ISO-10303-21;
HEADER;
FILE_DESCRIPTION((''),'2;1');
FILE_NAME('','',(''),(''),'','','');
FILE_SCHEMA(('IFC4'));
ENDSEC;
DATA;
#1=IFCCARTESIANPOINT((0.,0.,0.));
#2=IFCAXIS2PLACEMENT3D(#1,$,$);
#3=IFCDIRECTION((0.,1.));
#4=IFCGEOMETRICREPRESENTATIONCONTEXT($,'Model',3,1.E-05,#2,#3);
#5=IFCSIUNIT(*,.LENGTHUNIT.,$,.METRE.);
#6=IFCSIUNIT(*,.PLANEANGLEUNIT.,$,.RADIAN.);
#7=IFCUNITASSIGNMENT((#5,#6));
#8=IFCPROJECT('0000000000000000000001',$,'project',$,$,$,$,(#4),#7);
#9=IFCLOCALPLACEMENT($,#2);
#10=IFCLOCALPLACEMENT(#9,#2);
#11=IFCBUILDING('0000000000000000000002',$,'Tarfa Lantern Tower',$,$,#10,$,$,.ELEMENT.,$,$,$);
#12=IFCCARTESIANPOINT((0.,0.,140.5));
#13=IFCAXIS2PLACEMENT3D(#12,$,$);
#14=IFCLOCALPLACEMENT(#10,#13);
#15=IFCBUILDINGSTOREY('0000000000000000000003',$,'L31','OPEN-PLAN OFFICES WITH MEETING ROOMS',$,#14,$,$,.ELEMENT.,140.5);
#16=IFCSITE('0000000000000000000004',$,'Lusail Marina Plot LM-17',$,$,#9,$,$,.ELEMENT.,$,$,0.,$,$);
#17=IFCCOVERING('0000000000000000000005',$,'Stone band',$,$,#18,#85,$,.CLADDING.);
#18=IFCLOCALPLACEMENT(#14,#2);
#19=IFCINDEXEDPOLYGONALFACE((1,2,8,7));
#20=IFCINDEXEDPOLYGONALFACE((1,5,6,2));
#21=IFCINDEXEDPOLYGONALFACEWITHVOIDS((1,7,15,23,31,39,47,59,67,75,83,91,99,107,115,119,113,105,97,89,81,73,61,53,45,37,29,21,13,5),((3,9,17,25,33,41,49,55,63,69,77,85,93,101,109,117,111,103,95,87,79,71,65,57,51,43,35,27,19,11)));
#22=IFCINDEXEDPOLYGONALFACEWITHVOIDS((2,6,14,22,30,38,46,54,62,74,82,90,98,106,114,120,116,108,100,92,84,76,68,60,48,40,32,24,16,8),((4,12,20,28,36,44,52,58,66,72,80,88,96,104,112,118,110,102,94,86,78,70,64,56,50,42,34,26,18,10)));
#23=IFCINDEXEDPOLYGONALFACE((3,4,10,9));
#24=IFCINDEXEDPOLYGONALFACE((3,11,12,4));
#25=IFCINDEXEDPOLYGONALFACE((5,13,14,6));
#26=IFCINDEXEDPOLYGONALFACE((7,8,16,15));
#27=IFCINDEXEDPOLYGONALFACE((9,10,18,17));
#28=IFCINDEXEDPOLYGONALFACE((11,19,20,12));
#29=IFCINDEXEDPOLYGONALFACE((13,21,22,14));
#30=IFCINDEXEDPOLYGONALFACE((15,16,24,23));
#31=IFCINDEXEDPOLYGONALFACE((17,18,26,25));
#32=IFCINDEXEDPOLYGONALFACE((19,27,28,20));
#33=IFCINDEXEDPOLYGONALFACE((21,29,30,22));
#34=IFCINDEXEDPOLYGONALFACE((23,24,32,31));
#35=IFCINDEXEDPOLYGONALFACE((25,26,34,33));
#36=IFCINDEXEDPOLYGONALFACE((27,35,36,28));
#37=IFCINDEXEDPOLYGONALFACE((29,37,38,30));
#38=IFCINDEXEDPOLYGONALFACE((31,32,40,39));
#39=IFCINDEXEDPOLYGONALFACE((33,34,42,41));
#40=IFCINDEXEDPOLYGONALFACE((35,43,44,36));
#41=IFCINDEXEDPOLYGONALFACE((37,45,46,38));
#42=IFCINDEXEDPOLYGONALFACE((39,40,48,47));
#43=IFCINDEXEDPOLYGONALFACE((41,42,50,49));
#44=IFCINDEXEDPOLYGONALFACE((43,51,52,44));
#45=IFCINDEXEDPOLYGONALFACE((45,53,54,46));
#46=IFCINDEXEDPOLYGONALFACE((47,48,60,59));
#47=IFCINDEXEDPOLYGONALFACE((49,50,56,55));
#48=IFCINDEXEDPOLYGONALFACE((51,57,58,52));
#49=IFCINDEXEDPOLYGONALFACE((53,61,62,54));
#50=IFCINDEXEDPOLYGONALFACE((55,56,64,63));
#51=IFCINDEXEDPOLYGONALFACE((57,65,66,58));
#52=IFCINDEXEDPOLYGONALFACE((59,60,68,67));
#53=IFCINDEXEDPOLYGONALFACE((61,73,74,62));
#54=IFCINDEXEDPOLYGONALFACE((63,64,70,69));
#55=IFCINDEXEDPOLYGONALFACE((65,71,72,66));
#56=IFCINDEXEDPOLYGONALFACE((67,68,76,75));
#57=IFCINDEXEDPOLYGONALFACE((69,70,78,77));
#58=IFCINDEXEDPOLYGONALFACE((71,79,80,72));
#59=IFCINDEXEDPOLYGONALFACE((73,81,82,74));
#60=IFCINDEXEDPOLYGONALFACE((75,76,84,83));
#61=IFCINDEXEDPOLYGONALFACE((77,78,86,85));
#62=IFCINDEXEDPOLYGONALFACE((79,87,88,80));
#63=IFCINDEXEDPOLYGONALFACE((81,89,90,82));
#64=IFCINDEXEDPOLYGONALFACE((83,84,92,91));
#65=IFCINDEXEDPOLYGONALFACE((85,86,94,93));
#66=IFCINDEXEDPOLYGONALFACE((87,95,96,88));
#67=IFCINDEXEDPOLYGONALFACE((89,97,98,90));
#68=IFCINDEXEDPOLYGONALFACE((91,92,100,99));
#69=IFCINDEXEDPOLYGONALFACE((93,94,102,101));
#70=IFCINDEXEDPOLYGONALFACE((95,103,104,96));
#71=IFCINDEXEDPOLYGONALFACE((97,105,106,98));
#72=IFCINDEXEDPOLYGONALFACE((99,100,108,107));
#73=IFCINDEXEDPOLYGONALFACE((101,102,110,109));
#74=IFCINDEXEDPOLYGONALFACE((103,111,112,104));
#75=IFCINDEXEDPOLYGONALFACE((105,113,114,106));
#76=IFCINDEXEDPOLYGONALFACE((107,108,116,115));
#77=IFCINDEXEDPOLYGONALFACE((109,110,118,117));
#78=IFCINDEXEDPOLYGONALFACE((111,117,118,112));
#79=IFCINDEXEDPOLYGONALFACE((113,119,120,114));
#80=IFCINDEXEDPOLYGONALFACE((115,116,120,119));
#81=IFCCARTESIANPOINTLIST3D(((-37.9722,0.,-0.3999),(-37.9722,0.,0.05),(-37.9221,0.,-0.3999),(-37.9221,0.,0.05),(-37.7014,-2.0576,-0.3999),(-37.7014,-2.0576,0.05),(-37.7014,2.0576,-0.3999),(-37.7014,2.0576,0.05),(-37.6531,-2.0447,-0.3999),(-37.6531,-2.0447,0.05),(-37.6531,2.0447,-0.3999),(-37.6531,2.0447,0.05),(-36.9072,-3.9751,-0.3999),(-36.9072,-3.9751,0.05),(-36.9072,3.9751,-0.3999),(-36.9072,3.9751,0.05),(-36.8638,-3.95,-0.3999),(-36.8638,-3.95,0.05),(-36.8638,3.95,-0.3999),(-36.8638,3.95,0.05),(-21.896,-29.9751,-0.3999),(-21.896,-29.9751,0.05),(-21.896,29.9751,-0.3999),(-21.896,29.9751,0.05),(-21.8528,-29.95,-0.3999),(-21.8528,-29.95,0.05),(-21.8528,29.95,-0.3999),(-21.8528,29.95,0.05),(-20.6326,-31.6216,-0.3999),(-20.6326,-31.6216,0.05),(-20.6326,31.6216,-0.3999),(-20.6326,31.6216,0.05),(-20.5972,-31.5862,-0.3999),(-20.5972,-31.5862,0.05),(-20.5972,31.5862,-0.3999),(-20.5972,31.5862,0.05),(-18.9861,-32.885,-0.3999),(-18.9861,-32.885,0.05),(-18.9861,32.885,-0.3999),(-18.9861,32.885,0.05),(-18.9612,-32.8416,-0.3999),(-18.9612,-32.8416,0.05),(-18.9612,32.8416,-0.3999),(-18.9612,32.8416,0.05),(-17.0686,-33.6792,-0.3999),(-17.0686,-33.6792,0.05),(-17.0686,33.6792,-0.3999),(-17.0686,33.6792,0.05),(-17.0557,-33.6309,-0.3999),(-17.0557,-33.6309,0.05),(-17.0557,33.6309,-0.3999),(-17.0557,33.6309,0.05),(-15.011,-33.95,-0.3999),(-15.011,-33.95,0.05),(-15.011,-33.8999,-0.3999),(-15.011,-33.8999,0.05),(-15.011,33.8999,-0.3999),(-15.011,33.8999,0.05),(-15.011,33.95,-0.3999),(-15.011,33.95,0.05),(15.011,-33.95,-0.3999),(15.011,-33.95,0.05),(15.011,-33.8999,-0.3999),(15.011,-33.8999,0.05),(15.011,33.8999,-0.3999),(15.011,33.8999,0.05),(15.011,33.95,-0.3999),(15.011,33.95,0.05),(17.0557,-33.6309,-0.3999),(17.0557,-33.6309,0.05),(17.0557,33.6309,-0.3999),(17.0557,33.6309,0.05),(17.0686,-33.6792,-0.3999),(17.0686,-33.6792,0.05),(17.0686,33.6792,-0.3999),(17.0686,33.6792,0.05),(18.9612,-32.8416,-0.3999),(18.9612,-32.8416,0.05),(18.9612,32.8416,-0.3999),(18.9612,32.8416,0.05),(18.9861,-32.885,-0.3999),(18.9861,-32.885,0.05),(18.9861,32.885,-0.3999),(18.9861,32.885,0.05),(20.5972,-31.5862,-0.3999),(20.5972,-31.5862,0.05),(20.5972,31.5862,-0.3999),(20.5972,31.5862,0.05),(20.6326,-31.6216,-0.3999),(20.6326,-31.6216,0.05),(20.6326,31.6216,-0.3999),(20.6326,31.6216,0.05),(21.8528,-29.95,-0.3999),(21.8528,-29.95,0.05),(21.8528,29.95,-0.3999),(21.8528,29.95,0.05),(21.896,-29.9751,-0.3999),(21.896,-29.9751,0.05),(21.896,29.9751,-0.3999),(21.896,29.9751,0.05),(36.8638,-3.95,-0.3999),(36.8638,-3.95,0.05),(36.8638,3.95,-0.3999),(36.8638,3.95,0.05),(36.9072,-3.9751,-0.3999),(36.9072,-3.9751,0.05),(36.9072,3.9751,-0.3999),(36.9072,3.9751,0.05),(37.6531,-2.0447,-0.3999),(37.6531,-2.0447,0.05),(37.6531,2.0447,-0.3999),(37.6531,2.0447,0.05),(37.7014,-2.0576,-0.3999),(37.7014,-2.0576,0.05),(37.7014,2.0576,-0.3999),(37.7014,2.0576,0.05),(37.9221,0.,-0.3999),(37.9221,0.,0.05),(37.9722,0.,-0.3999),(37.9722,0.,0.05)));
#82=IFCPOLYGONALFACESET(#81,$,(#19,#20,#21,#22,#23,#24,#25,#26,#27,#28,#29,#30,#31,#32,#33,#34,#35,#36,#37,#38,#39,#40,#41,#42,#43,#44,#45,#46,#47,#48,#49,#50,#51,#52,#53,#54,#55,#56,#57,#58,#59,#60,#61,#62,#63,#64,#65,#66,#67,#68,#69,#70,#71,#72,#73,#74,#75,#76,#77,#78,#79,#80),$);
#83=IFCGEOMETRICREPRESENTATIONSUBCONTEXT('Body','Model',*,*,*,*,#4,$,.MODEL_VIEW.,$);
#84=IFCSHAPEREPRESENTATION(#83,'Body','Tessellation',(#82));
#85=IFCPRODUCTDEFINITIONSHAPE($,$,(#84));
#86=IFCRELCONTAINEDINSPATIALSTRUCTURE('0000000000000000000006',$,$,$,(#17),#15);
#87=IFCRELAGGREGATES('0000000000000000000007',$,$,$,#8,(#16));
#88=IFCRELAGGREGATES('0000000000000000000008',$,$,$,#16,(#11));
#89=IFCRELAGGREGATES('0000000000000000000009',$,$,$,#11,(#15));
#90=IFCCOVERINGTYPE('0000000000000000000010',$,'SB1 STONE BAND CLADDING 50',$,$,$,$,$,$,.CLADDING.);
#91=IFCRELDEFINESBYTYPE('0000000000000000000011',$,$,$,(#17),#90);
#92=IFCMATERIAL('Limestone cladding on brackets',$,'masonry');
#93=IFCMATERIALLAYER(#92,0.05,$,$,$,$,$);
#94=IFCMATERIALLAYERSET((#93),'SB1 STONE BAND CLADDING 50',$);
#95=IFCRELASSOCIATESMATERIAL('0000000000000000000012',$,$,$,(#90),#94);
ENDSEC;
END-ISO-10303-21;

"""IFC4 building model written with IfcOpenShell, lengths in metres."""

from ifc_helpers import new_model, si_unit, direction, frame, origin, place, context, subcontext, project, spatial, polyline, outline, extrude, material, layer, layer_set, type_object, element, save


model = new_model("IFC4")

# Units and contexts
model_context = context("Model", 3, precision=1e-05, world=origin(), true_north=direction((0.0, 1.0)))
body_context = subcontext(model_context, "Body", "Model", "MODEL_VIEW")
ifc_project = project(units=[si_unit("LENGTHUNIT", "METRE"), si_unit("PLANEANGLEUNIT", "RADIAN")], contexts=[model_context])

# Site, building, storey
site_placement = place(None, origin())
site = spatial("IfcSite", under=ifc_project, at=site_placement, Name="Lusail Marina Plot LM-17", CompositionType="ELEMENT", RefElevation=0.0)
building_placement = place(site_placement, origin())
building = spatial("IfcBuilding", under=site, at=building_placement, Name="Tarfa Lantern Tower", CompositionType="ELEMENT")
storey_placement = place(building_placement, frame((0.0, 0.0, 140.5)))
storey = spatial("IfcBuildingStorey", under=building, at=storey_placement, Name="L31", Description="OPEN-PLAN OFFICES WITH MEETING ROOMS", CompositionType="ELEMENT", Elevation=140.5)

# Covering
ifc_material_1 = material(Name="Limestone cladding on brackets", Category="masonry")
ifc_layer_1 = layer(ifc_material_1, 0.05)
ifc_layer_set_1 = layer_set([ifc_layer_1], Name="SB1 STONE BAND CLADDING 50")
covering_type_1 = type_object("IfcCoveringType", Name="SB1 STONE BAND CLADDING 50", PredefinedType="CLADDING", material=ifc_layer_set_1)
covering_1_placement = place(storey_placement, frame((0.0, 0.0, -0.3999)))
element("IfcCovering", 1, at=covering_1_placement, inside=storey, type_object=covering_type_1, Name="Stone band", PredefinedType="CLADDING", context=body_context, shape_type="SweptSolid", body=[
    extrude(outline(polyline([(36.9072, 3.9751), (21.896, 29.9751), (20.6326, 31.6216), (18.9861, 32.885), (17.0686, 33.6792), (15.011, 33.95), (-15.011, 33.95), (-17.0686, 33.6792), (-18.9861, 32.885), (-20.6326, 31.6216), (-21.896, 29.9751), (-36.9072, 3.9751), (-37.7014, 2.0576), (-37.9722, 0.0), (-37.7014, -2.0576), (-36.9072, -3.9751), (-21.896, -29.9751), (-20.6326, -31.6216), (-18.9861, -32.885), (-17.0686, -33.6792), (-15.011, -33.95), (15.011, -33.95), (17.0686, -33.6792), (18.9861, -32.885), (20.6326, -31.6216), (21.896, -29.9751), (36.9072, -3.9751), (37.7014, -2.0576), (37.9722, 0.0), (37.7014, 2.0576), (36.9072, 3.9751)]), holes=[polyline([(36.8638, 3.95), (21.8528, 29.95), (20.5972, 31.5862), (18.9612, 32.8416), (17.0557, 33.6309), (15.011, 33.8999), (-15.011, 33.8999), (-17.0557, 33.6309), (-18.9612, 32.8416), (-20.5972, 31.5862), (-21.8528, 29.95), (-36.8638, 3.95), (-37.6531, 2.0447), (-37.9221, 0.0), (-37.6531, -2.0447), (-36.8638, -3.95), (-21.8528, -29.95), (-20.5972, -31.5862), (-18.9612, -32.8416), (-17.0557, -33.6309), (-15.011, -33.8999), (15.011, -33.8999), (17.0557, -33.6309), (18.9612, -32.8416), (20.5972, -31.5862), (21.8528, -29.95), (36.8638, -3.95), (37.6531, -2.0447), (37.9221, 0.0), (37.6531, 2.0447), (36.8638, 3.95)])]), origin(), (0.0, 0.0, 1.0), 0.45),
])

save(model, "model.ifc")
